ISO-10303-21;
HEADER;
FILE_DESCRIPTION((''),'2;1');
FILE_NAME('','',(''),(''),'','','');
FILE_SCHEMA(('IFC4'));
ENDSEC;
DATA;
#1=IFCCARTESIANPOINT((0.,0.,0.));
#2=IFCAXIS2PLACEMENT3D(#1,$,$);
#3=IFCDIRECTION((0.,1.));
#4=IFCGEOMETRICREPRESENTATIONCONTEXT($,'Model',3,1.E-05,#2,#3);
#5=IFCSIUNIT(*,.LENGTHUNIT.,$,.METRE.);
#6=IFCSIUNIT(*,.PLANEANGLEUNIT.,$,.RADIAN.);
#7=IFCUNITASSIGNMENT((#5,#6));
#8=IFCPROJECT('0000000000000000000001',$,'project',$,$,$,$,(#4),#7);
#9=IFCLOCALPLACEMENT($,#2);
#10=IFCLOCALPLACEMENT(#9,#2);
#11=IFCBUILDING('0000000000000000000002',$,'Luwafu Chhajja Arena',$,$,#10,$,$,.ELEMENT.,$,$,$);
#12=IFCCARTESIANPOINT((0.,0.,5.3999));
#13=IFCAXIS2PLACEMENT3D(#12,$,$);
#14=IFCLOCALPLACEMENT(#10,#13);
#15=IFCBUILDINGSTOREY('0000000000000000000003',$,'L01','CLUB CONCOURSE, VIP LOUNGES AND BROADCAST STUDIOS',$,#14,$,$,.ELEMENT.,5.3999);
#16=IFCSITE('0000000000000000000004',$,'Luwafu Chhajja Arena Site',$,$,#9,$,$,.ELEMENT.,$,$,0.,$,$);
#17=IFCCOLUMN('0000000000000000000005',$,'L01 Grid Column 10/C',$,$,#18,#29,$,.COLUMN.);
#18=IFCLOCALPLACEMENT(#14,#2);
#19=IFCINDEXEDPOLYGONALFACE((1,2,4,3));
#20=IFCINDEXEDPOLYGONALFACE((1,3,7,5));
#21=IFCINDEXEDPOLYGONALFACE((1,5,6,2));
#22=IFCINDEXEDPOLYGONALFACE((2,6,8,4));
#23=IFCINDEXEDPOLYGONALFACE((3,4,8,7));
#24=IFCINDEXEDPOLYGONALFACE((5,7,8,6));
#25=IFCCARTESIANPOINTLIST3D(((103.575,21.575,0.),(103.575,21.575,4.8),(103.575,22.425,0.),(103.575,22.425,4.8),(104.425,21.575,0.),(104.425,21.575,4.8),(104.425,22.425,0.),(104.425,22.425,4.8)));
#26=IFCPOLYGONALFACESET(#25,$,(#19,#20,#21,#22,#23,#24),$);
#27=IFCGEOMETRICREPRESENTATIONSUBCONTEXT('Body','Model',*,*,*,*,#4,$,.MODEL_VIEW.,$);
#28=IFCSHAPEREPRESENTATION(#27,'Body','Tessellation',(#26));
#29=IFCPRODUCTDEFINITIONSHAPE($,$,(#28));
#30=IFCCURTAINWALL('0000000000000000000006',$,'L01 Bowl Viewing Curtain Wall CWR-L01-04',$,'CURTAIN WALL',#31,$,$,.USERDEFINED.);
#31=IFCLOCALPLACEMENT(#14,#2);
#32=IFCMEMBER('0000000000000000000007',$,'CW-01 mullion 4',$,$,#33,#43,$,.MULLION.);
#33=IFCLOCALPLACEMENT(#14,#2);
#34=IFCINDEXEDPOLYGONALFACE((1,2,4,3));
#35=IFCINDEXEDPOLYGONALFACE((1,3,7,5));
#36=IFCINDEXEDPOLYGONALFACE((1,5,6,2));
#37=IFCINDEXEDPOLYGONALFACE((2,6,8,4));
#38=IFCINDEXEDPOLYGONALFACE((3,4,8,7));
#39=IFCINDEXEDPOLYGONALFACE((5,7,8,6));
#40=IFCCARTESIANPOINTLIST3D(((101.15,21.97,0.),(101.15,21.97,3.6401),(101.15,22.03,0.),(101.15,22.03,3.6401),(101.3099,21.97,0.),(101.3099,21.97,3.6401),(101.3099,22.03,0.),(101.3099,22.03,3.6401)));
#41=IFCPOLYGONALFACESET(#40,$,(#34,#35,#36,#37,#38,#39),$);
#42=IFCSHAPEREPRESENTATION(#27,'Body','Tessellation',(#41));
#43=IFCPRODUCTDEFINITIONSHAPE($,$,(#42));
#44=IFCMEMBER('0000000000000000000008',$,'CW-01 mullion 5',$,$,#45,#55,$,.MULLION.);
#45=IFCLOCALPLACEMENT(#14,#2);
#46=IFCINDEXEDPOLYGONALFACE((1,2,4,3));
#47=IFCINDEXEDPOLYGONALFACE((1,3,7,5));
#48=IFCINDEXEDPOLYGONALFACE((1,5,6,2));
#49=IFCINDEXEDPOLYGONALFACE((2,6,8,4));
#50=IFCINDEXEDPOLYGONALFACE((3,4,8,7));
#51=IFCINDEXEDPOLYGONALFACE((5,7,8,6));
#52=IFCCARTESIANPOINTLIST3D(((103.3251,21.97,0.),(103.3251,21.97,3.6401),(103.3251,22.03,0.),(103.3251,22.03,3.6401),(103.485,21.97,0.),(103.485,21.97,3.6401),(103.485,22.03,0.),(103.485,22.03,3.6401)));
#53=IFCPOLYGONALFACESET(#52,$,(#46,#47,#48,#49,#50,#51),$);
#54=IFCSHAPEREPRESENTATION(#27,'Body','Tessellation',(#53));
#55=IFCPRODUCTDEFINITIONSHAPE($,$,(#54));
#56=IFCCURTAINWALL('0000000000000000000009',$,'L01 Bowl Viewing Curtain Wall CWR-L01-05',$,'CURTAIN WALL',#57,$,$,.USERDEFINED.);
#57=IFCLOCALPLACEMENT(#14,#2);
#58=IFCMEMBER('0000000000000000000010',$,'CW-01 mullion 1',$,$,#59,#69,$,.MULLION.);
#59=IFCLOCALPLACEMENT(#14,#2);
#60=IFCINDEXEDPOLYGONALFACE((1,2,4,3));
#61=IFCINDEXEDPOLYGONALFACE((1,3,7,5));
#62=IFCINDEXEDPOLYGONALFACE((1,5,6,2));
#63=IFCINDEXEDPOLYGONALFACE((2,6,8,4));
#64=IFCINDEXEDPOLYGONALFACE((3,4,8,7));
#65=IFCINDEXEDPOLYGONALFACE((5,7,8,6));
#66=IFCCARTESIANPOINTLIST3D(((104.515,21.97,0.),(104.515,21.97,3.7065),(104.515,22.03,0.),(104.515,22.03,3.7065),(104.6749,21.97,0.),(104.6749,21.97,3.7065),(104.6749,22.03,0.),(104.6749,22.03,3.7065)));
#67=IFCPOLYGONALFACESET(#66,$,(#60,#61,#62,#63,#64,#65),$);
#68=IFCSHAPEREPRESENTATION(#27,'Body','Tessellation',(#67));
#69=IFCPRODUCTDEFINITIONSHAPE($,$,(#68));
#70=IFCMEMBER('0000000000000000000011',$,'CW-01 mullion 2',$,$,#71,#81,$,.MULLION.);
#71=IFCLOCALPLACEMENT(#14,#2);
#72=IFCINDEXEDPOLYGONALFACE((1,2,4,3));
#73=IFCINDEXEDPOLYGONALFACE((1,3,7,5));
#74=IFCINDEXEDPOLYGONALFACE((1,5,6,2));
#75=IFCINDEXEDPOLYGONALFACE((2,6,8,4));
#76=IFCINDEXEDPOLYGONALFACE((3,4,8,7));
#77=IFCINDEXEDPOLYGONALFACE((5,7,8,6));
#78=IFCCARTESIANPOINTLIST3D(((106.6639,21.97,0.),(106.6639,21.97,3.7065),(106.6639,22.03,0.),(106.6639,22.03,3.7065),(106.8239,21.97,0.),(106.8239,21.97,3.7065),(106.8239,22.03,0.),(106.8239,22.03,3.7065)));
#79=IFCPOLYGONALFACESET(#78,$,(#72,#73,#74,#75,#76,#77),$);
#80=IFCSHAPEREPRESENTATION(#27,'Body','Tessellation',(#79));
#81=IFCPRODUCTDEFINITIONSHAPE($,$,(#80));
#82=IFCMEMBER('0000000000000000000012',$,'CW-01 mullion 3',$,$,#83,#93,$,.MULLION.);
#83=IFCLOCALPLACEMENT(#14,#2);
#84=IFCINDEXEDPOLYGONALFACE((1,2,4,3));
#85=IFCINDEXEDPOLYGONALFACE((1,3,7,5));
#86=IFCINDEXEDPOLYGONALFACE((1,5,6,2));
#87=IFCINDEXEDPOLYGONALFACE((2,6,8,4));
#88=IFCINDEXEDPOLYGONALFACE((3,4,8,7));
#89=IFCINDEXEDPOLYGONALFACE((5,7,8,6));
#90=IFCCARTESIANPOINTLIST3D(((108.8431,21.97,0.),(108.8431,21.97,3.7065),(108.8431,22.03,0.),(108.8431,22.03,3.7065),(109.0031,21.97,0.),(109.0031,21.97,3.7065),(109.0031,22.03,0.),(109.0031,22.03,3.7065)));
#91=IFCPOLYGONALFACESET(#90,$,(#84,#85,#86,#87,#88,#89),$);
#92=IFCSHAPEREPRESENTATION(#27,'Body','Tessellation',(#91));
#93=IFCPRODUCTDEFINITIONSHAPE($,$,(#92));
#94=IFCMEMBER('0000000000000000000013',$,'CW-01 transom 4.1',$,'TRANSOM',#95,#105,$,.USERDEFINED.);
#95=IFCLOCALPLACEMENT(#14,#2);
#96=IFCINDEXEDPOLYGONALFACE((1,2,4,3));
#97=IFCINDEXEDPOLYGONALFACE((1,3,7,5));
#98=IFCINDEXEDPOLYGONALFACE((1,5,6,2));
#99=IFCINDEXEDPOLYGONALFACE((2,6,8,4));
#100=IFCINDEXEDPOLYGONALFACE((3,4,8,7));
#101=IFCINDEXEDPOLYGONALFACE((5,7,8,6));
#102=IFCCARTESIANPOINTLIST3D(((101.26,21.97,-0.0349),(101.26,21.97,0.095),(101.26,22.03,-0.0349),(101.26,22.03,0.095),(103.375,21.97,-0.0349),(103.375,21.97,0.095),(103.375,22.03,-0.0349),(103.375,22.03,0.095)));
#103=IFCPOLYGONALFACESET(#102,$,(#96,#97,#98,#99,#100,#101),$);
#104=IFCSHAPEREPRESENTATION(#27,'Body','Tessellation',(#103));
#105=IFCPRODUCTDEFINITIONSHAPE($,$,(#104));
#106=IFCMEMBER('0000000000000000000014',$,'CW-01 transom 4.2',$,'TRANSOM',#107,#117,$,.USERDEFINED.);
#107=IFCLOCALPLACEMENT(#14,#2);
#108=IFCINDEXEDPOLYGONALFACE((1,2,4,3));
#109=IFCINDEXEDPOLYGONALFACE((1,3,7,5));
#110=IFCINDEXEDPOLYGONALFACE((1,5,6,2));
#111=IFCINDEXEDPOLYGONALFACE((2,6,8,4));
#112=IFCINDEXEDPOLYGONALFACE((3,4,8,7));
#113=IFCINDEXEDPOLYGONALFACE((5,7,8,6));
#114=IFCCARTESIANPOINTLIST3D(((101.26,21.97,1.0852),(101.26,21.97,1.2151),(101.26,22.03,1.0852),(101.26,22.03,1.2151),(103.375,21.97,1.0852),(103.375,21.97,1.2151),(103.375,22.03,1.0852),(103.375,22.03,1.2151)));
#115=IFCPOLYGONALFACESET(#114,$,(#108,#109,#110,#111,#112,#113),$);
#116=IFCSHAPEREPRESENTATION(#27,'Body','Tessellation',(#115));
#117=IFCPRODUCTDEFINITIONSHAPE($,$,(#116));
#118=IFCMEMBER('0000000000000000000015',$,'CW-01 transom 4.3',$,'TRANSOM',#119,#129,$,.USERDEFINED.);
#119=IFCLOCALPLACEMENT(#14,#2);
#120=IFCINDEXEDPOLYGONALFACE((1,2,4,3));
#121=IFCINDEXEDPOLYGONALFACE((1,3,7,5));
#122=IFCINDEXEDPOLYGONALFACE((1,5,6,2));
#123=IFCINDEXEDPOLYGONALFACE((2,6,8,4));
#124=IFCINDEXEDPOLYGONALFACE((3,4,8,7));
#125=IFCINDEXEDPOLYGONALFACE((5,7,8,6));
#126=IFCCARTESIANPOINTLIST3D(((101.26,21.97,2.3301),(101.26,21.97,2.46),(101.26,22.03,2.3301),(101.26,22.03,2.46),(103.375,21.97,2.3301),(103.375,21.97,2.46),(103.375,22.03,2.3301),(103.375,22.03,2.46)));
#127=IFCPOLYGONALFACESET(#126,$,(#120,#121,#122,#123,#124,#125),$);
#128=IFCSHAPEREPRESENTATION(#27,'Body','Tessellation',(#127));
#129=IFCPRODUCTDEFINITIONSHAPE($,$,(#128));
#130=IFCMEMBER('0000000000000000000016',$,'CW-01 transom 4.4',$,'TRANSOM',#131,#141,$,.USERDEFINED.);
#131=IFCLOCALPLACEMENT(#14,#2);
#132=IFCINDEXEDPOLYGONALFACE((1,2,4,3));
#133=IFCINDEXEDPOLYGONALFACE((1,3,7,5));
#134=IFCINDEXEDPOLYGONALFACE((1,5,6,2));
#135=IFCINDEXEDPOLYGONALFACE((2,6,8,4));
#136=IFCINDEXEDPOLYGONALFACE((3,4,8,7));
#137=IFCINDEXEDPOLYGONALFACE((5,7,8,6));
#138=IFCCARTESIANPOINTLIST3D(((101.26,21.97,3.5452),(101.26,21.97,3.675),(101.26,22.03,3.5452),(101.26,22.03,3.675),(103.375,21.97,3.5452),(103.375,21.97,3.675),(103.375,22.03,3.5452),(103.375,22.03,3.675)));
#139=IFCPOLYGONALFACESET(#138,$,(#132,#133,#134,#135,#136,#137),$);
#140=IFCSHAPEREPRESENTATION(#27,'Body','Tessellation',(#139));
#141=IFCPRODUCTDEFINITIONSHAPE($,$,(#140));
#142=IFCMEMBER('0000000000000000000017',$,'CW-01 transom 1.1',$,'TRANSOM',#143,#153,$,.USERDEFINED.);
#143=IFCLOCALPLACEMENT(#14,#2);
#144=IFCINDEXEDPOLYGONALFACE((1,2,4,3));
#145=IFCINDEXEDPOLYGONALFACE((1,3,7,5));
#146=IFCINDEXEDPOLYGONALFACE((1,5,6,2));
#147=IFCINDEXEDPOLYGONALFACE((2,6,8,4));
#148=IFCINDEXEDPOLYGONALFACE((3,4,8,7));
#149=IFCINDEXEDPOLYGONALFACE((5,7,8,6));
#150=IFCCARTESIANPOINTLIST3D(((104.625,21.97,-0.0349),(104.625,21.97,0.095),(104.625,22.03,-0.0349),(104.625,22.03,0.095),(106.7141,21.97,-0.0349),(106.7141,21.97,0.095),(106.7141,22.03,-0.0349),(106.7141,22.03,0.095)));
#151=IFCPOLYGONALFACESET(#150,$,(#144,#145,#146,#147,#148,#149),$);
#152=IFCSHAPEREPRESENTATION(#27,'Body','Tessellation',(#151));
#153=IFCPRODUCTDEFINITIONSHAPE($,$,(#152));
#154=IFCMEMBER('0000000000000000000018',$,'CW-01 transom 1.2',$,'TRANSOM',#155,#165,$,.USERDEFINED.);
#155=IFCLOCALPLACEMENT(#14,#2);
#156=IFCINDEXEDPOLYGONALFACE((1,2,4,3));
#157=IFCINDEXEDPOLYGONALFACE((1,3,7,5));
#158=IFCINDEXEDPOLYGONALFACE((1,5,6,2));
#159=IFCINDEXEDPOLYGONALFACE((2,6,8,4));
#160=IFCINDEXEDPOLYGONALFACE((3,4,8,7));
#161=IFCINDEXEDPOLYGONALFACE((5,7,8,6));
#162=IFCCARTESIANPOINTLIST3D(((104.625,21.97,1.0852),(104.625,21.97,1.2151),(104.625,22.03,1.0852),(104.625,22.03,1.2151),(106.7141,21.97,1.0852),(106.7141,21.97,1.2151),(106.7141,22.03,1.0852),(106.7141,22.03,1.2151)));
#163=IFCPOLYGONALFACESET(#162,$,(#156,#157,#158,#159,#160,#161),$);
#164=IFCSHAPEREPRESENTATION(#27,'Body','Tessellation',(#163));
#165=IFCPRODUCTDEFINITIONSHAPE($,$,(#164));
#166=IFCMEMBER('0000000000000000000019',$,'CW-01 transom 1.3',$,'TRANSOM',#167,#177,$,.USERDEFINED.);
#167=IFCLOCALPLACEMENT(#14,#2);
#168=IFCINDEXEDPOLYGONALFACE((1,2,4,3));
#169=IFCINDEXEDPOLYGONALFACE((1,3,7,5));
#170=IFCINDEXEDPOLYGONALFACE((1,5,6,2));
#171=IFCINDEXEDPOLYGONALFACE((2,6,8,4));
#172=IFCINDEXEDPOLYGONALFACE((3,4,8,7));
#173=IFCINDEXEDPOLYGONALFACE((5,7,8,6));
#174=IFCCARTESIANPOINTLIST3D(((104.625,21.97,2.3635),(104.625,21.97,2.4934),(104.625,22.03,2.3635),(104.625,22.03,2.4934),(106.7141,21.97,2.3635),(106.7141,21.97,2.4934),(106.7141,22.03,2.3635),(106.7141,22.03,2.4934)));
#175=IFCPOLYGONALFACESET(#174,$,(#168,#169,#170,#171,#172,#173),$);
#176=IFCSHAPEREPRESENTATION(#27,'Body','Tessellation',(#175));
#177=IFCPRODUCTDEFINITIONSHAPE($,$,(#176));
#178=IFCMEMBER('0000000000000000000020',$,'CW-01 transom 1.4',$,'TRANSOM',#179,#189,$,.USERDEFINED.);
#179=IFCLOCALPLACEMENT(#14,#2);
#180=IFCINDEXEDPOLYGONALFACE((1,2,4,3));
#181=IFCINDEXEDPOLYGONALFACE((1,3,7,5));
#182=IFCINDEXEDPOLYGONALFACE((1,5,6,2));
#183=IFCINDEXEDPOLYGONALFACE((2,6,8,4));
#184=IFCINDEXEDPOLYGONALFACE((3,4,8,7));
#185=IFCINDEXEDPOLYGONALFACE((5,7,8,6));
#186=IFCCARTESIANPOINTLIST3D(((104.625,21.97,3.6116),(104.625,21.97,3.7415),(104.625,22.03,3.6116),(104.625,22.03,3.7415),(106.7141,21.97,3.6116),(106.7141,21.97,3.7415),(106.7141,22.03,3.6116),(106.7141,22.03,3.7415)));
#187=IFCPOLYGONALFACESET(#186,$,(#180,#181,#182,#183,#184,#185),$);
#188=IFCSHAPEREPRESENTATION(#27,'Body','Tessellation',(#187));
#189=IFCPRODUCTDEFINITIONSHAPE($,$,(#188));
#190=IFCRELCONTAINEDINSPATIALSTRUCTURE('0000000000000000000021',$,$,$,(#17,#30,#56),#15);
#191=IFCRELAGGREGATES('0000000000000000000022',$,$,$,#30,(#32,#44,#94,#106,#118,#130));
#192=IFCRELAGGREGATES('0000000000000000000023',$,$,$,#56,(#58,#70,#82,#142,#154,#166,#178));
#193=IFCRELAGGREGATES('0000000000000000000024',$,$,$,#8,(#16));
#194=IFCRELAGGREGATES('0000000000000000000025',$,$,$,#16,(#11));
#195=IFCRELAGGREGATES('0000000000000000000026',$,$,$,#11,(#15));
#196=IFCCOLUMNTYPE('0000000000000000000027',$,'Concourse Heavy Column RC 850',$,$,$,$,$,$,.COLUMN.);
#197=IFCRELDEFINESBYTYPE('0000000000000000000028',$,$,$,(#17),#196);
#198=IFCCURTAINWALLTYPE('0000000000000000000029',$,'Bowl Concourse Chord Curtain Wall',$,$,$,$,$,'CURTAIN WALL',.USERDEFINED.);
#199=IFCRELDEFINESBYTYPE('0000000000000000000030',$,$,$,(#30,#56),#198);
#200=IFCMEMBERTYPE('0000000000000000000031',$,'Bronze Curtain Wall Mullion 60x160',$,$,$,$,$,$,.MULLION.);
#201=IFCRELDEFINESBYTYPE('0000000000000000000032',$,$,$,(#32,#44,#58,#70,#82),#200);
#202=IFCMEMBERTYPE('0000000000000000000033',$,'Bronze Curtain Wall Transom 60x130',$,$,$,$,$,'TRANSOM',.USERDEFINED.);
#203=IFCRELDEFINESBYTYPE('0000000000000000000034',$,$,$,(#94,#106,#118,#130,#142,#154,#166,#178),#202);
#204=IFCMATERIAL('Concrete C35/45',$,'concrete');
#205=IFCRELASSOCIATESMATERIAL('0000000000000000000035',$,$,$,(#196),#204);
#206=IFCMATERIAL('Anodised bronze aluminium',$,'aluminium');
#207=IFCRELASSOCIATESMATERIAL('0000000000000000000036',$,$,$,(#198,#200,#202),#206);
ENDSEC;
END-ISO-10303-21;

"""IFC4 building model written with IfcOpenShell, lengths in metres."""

from ifc_helpers import new_model, si_unit, direction, frame, origin, origin_2d, place, context, subcontext, project, spatial, rectangle, extrude, material, material_profile, profile_set, type_object, element, aggregate, save


model = new_model("IFC4")

# Units and contexts
model_context = context("Model", 3, precision=1e-05, world=origin(), true_north=direction((0.0, 1.0)))
body_context = subcontext(model_context, "Body", "Model", "MODEL_VIEW")
ifc_project = project(units=[si_unit("LENGTHUNIT", "METRE"), si_unit("PLANEANGLEUNIT", "RADIAN")], contexts=[model_context])

# Site, building, storey
site_placement = place(None, origin())
site = spatial("IfcSite", under=ifc_project, at=site_placement, Name="Luwafu Chhajja Arena Site", CompositionType="ELEMENT", RefElevation=0.0)
building_placement = place(site_placement, origin())
building = spatial("IfcBuilding", under=site, at=building_placement, Name="Luwafu Chhajja Arena", CompositionType="ELEMENT")
storey_placement = place(building_placement, frame((0.0, 0.0, 5.3999)))
storey = spatial("IfcBuildingStorey", under=building, at=storey_placement, Name="L01", Description="CLUB CONCOURSE, VIP LOUNGES AND BROADCAST STUDIOS", CompositionType="ELEMENT", Elevation=5.3999)

# Column
ifc_material_1 = material(Name="Concrete C35/45", Category="concrete")
ifc_material_profile_1 = material_profile(ifc_material_1, rectangle(XDim=0.8501, YDim=0.8501, at=origin_2d()), Name="RC 850x850")
ifc_profile_set_1 = profile_set([ifc_material_profile_1], Name="Concrete C35/45")
column_type = type_object("IfcColumnType", Name="Concourse Heavy Column RC 850", PredefinedType="COLUMN", material=ifc_profile_set_1)
column_placement = place(storey_placement, frame((104.0, 22.0, 0.0), z_axis=(0.0, 0.0, 1.0), x_axis=(1.0, 0.0, 0.0)))
element("IfcColumn", 1, at=column_placement, inside=storey, type_object=column_type, Name="L01 Grid Column 10/C", PredefinedType="COLUMN", context=body_context, shape_type="SweptSolid", body=[
    extrude(rectangle(XDim=0.8501, YDim=0.8501, at=origin_2d()), origin(), (0.0, 0.0, 1.0), 4.8),
])

# Curtain walls, members
ifc_material_2 = material(Name="Anodised bronze aluminium", Category="aluminium")
curtain_wall_type = type_object("IfcCurtainWallType", Name="Bowl Concourse Chord Curtain Wall", ElementType="CURTAIN WALL", PredefinedType="USERDEFINED", material=ifc_material_2)
curtain_wall_1_placement = place(storey_placement, origin())
curtain_wall_1 = element("IfcCurtainWall", 2, at=curtain_wall_1_placement, inside=storey, type_object=curtain_wall_type, Name="L01 Bowl Viewing Curtain Wall CWR-L01-04", ObjectType="CURTAIN WALL", PredefinedType="USERDEFINED")
ifc_material_profile_2 = material_profile(ifc_material_2, rectangle(XDim=0.0601, YDim=0.1599, at=origin_2d()), Name="CWM 60x160")
ifc_profile_set_2 = profile_set([ifc_material_profile_2], Name="Anodised bronze aluminium")
member_type_1 = type_object("IfcMemberType", Name="Bronze Curtain Wall Mullion 60x160", PredefinedType="MULLION", material=ifc_profile_set_2)
member_1_placement = place(storey_placement, frame((101.23, 22.0, 0.0), z_axis=(0.0, 0.0, 1.0), x_axis=(0.0, 1.0, 0.0)))
member_1 = element("IfcMember", 3, at=member_1_placement, type_object=member_type_1, Name="CW-01 mullion 4", PredefinedType="MULLION", context=body_context, shape_type="SweptSolid", body=[
    extrude(rectangle(XDim=0.0601, YDim=0.1599, at=origin_2d()), origin(), (0.0, 0.0, 1.0), 3.6401),
])
member_2_placement = place(storey_placement, frame((103.405, 22.0, 0.0), z_axis=(0.0, 0.0, 1.0), x_axis=(0.0, 1.0, 0.0)))
member_2 = element("IfcMember", 4, at=member_2_placement, type_object=member_type_1, Name="CW-01 mullion 5", PredefinedType="MULLION", context=body_context, shape_type="SweptSolid", body=[
    extrude(rectangle(XDim=0.0601, YDim=0.1599, at=origin_2d()), origin(), (0.0, 0.0, 1.0), 3.6401),
])
curtain_wall_2_placement = place(storey_placement, origin())
curtain_wall_2 = element("IfcCurtainWall", 5, at=curtain_wall_2_placement, inside=storey, type_object=curtain_wall_type, Name="L01 Bowl Viewing Curtain Wall CWR-L01-05", ObjectType="CURTAIN WALL", PredefinedType="USERDEFINED")
member_3_placement = place(storey_placement, frame((104.595, 22.0, 0.0), z_axis=(0.0, 0.0, 1.0), x_axis=(0.0, 1.0, 0.0)))
member_3 = element("IfcMember", 6, at=member_3_placement, type_object=member_type_1, Name="CW-01 mullion 1", PredefinedType="MULLION", context=body_context, shape_type="SweptSolid", body=[
    extrude(rectangle(XDim=0.0601, YDim=0.1599, at=origin_2d()), origin(), (0.0, 0.0, 1.0), 3.7065),
])
member_4_placement = place(storey_placement, frame((106.7439, 22.0, 0.0), z_axis=(0.0, 0.0, 1.0), x_axis=(0.0, 1.0, 0.0)))
member_4 = element("IfcMember", 7, at=member_4_placement, type_object=member_type_1, Name="CW-01 mullion 2", PredefinedType="MULLION", context=body_context, shape_type="SweptSolid", body=[
    extrude(rectangle(XDim=0.0601, YDim=0.1599, at=origin_2d()), origin(), (0.0, 0.0, 1.0), 3.7065),
])
member_5_placement = place(storey_placement, frame((108.9231, 22.0, 0.0), z_axis=(0.0, 0.0, 1.0), x_axis=(0.0, 1.0, 0.0)))
member_5 = element("IfcMember", 8, at=member_5_placement, type_object=member_type_1, Name="CW-01 mullion 3", PredefinedType="MULLION", context=body_context, shape_type="SweptSolid", body=[
    extrude(rectangle(XDim=0.0601, YDim=0.1599, at=origin_2d()), origin(), (0.0, 0.0, 1.0), 3.7065),
])

# Members
ifc_material_profile_3 = material_profile(ifc_material_2, rectangle(XDim=0.0601, YDim=0.1299, at=origin_2d()), Name="CWT 60x130")
ifc_profile_set_3 = profile_set([ifc_material_profile_3], Name="Anodised bronze aluminium")
member_type_2 = type_object("IfcMemberType", Name="Bronze Curtain Wall Transom 60x130", ElementType="TRANSOM", PredefinedType="USERDEFINED", material=ifc_profile_set_3)
member_6_placement = place(storey_placement, frame((101.26, 22.0, 0.03), z_axis=(1.0, 0.0, 0.0), x_axis=(0.0, 1.0, 0.0)))
member_6 = element("IfcMember", 9, at=member_6_placement, type_object=member_type_2, Name="CW-01 transom 4.1", ObjectType="TRANSOM", PredefinedType="USERDEFINED", context=body_context, shape_type="SweptSolid", body=[
    extrude(rectangle(XDim=0.0601, YDim=0.1299, at=origin_2d()), origin(), (0.0, 0.0, 1.0), 2.115),
])
member_7_placement = place(storey_placement, frame((101.26, 22.0, 1.1501), z_axis=(1.0, 0.0, 0.0), x_axis=(0.0, 1.0, 0.0)))
member_7 = element("IfcMember", 10, at=member_7_placement, type_object=member_type_2, Name="CW-01 transom 4.2", ObjectType="TRANSOM", PredefinedType="USERDEFINED", context=body_context, shape_type="SweptSolid", body=[
    extrude(rectangle(XDim=0.0601, YDim=0.1299, at=origin_2d()), origin(), (0.0, 0.0, 1.0), 2.115),
])
member_8_placement = place(storey_placement, frame((101.26, 22.0, 2.395), z_axis=(1.0, 0.0, 0.0), x_axis=(0.0, 1.0, 0.0)))
member_8 = element("IfcMember", 11, at=member_8_placement, type_object=member_type_2, Name="CW-01 transom 4.3", ObjectType="TRANSOM", PredefinedType="USERDEFINED", context=body_context, shape_type="SweptSolid", body=[
    extrude(rectangle(XDim=0.0601, YDim=0.1299, at=origin_2d()), origin(), (0.0, 0.0, 1.0), 2.115),
])
member_9_placement = place(storey_placement, frame((101.26, 22.0, 3.6101), z_axis=(1.0, 0.0, 0.0), x_axis=(0.0, 1.0, 0.0)))
member_9 = element("IfcMember", 12, at=member_9_placement, type_object=member_type_2, Name="CW-01 transom 4.4", ObjectType="TRANSOM", PredefinedType="USERDEFINED", context=body_context, shape_type="SweptSolid", body=[
    extrude(rectangle(XDim=0.0601, YDim=0.1299, at=origin_2d()), origin(), (0.0, 0.0, 1.0), 2.115),
])
member_10_placement = place(storey_placement, frame((104.625, 22.0, 0.03), z_axis=(1.0, 0.0, 0.0), x_axis=(0.0, 1.0, 0.0)))
member_10 = element("IfcMember", 13, at=member_10_placement, type_object=member_type_2, Name="CW-01 transom 1.1", ObjectType="TRANSOM", PredefinedType="USERDEFINED", context=body_context, shape_type="SweptSolid", body=[
    extrude(rectangle(XDim=0.0601, YDim=0.1299, at=origin_2d()), origin(), (0.0, 0.0, 1.0), 2.0891),
])
member_11_placement = place(storey_placement, frame((104.625, 22.0, 1.1501), z_axis=(1.0, 0.0, 0.0), x_axis=(0.0, 1.0, 0.0)))
member_11 = element("IfcMember", 14, at=member_11_placement, type_object=member_type_2, Name="CW-01 transom 1.2", ObjectType="TRANSOM", PredefinedType="USERDEFINED", context=body_context, shape_type="SweptSolid", body=[
    extrude(rectangle(XDim=0.0601, YDim=0.1299, at=origin_2d()), origin(), (0.0, 0.0, 1.0), 2.0891),
])
member_12_placement = place(storey_placement, frame((104.625, 22.0, 2.4285), z_axis=(1.0, 0.0, 0.0), x_axis=(0.0, 1.0, 0.0)))
member_12 = element("IfcMember", 15, at=member_12_placement, type_object=member_type_2, Name="CW-01 transom 1.3", ObjectType="TRANSOM", PredefinedType="USERDEFINED", context=body_context, shape_type="SweptSolid", body=[
    extrude(rectangle(XDim=0.0601, YDim=0.1299, at=origin_2d()), origin(), (0.0, 0.0, 1.0), 2.0891),
])
member_13_placement = place(storey_placement, frame((104.625, 22.0, 3.6765), z_axis=(1.0, 0.0, 0.0), x_axis=(0.0, 1.0, 0.0)))
member_13 = element("IfcMember", 16, at=member_13_placement, type_object=member_type_2, Name="CW-01 transom 1.4", ObjectType="TRANSOM", PredefinedType="USERDEFINED", context=body_context, shape_type="SweptSolid", body=[
    extrude(rectangle(XDim=0.0601, YDim=0.1299, at=origin_2d()), origin(), (0.0, 0.0, 1.0), 2.0891),
])

aggregate(curtain_wall_1, [member_1, member_2, member_6, member_7, member_8, member_9])
aggregate(curtain_wall_2, [member_3, member_4, member_5, member_10, member_11, member_12, member_13])

save(model, "model.ifc")
